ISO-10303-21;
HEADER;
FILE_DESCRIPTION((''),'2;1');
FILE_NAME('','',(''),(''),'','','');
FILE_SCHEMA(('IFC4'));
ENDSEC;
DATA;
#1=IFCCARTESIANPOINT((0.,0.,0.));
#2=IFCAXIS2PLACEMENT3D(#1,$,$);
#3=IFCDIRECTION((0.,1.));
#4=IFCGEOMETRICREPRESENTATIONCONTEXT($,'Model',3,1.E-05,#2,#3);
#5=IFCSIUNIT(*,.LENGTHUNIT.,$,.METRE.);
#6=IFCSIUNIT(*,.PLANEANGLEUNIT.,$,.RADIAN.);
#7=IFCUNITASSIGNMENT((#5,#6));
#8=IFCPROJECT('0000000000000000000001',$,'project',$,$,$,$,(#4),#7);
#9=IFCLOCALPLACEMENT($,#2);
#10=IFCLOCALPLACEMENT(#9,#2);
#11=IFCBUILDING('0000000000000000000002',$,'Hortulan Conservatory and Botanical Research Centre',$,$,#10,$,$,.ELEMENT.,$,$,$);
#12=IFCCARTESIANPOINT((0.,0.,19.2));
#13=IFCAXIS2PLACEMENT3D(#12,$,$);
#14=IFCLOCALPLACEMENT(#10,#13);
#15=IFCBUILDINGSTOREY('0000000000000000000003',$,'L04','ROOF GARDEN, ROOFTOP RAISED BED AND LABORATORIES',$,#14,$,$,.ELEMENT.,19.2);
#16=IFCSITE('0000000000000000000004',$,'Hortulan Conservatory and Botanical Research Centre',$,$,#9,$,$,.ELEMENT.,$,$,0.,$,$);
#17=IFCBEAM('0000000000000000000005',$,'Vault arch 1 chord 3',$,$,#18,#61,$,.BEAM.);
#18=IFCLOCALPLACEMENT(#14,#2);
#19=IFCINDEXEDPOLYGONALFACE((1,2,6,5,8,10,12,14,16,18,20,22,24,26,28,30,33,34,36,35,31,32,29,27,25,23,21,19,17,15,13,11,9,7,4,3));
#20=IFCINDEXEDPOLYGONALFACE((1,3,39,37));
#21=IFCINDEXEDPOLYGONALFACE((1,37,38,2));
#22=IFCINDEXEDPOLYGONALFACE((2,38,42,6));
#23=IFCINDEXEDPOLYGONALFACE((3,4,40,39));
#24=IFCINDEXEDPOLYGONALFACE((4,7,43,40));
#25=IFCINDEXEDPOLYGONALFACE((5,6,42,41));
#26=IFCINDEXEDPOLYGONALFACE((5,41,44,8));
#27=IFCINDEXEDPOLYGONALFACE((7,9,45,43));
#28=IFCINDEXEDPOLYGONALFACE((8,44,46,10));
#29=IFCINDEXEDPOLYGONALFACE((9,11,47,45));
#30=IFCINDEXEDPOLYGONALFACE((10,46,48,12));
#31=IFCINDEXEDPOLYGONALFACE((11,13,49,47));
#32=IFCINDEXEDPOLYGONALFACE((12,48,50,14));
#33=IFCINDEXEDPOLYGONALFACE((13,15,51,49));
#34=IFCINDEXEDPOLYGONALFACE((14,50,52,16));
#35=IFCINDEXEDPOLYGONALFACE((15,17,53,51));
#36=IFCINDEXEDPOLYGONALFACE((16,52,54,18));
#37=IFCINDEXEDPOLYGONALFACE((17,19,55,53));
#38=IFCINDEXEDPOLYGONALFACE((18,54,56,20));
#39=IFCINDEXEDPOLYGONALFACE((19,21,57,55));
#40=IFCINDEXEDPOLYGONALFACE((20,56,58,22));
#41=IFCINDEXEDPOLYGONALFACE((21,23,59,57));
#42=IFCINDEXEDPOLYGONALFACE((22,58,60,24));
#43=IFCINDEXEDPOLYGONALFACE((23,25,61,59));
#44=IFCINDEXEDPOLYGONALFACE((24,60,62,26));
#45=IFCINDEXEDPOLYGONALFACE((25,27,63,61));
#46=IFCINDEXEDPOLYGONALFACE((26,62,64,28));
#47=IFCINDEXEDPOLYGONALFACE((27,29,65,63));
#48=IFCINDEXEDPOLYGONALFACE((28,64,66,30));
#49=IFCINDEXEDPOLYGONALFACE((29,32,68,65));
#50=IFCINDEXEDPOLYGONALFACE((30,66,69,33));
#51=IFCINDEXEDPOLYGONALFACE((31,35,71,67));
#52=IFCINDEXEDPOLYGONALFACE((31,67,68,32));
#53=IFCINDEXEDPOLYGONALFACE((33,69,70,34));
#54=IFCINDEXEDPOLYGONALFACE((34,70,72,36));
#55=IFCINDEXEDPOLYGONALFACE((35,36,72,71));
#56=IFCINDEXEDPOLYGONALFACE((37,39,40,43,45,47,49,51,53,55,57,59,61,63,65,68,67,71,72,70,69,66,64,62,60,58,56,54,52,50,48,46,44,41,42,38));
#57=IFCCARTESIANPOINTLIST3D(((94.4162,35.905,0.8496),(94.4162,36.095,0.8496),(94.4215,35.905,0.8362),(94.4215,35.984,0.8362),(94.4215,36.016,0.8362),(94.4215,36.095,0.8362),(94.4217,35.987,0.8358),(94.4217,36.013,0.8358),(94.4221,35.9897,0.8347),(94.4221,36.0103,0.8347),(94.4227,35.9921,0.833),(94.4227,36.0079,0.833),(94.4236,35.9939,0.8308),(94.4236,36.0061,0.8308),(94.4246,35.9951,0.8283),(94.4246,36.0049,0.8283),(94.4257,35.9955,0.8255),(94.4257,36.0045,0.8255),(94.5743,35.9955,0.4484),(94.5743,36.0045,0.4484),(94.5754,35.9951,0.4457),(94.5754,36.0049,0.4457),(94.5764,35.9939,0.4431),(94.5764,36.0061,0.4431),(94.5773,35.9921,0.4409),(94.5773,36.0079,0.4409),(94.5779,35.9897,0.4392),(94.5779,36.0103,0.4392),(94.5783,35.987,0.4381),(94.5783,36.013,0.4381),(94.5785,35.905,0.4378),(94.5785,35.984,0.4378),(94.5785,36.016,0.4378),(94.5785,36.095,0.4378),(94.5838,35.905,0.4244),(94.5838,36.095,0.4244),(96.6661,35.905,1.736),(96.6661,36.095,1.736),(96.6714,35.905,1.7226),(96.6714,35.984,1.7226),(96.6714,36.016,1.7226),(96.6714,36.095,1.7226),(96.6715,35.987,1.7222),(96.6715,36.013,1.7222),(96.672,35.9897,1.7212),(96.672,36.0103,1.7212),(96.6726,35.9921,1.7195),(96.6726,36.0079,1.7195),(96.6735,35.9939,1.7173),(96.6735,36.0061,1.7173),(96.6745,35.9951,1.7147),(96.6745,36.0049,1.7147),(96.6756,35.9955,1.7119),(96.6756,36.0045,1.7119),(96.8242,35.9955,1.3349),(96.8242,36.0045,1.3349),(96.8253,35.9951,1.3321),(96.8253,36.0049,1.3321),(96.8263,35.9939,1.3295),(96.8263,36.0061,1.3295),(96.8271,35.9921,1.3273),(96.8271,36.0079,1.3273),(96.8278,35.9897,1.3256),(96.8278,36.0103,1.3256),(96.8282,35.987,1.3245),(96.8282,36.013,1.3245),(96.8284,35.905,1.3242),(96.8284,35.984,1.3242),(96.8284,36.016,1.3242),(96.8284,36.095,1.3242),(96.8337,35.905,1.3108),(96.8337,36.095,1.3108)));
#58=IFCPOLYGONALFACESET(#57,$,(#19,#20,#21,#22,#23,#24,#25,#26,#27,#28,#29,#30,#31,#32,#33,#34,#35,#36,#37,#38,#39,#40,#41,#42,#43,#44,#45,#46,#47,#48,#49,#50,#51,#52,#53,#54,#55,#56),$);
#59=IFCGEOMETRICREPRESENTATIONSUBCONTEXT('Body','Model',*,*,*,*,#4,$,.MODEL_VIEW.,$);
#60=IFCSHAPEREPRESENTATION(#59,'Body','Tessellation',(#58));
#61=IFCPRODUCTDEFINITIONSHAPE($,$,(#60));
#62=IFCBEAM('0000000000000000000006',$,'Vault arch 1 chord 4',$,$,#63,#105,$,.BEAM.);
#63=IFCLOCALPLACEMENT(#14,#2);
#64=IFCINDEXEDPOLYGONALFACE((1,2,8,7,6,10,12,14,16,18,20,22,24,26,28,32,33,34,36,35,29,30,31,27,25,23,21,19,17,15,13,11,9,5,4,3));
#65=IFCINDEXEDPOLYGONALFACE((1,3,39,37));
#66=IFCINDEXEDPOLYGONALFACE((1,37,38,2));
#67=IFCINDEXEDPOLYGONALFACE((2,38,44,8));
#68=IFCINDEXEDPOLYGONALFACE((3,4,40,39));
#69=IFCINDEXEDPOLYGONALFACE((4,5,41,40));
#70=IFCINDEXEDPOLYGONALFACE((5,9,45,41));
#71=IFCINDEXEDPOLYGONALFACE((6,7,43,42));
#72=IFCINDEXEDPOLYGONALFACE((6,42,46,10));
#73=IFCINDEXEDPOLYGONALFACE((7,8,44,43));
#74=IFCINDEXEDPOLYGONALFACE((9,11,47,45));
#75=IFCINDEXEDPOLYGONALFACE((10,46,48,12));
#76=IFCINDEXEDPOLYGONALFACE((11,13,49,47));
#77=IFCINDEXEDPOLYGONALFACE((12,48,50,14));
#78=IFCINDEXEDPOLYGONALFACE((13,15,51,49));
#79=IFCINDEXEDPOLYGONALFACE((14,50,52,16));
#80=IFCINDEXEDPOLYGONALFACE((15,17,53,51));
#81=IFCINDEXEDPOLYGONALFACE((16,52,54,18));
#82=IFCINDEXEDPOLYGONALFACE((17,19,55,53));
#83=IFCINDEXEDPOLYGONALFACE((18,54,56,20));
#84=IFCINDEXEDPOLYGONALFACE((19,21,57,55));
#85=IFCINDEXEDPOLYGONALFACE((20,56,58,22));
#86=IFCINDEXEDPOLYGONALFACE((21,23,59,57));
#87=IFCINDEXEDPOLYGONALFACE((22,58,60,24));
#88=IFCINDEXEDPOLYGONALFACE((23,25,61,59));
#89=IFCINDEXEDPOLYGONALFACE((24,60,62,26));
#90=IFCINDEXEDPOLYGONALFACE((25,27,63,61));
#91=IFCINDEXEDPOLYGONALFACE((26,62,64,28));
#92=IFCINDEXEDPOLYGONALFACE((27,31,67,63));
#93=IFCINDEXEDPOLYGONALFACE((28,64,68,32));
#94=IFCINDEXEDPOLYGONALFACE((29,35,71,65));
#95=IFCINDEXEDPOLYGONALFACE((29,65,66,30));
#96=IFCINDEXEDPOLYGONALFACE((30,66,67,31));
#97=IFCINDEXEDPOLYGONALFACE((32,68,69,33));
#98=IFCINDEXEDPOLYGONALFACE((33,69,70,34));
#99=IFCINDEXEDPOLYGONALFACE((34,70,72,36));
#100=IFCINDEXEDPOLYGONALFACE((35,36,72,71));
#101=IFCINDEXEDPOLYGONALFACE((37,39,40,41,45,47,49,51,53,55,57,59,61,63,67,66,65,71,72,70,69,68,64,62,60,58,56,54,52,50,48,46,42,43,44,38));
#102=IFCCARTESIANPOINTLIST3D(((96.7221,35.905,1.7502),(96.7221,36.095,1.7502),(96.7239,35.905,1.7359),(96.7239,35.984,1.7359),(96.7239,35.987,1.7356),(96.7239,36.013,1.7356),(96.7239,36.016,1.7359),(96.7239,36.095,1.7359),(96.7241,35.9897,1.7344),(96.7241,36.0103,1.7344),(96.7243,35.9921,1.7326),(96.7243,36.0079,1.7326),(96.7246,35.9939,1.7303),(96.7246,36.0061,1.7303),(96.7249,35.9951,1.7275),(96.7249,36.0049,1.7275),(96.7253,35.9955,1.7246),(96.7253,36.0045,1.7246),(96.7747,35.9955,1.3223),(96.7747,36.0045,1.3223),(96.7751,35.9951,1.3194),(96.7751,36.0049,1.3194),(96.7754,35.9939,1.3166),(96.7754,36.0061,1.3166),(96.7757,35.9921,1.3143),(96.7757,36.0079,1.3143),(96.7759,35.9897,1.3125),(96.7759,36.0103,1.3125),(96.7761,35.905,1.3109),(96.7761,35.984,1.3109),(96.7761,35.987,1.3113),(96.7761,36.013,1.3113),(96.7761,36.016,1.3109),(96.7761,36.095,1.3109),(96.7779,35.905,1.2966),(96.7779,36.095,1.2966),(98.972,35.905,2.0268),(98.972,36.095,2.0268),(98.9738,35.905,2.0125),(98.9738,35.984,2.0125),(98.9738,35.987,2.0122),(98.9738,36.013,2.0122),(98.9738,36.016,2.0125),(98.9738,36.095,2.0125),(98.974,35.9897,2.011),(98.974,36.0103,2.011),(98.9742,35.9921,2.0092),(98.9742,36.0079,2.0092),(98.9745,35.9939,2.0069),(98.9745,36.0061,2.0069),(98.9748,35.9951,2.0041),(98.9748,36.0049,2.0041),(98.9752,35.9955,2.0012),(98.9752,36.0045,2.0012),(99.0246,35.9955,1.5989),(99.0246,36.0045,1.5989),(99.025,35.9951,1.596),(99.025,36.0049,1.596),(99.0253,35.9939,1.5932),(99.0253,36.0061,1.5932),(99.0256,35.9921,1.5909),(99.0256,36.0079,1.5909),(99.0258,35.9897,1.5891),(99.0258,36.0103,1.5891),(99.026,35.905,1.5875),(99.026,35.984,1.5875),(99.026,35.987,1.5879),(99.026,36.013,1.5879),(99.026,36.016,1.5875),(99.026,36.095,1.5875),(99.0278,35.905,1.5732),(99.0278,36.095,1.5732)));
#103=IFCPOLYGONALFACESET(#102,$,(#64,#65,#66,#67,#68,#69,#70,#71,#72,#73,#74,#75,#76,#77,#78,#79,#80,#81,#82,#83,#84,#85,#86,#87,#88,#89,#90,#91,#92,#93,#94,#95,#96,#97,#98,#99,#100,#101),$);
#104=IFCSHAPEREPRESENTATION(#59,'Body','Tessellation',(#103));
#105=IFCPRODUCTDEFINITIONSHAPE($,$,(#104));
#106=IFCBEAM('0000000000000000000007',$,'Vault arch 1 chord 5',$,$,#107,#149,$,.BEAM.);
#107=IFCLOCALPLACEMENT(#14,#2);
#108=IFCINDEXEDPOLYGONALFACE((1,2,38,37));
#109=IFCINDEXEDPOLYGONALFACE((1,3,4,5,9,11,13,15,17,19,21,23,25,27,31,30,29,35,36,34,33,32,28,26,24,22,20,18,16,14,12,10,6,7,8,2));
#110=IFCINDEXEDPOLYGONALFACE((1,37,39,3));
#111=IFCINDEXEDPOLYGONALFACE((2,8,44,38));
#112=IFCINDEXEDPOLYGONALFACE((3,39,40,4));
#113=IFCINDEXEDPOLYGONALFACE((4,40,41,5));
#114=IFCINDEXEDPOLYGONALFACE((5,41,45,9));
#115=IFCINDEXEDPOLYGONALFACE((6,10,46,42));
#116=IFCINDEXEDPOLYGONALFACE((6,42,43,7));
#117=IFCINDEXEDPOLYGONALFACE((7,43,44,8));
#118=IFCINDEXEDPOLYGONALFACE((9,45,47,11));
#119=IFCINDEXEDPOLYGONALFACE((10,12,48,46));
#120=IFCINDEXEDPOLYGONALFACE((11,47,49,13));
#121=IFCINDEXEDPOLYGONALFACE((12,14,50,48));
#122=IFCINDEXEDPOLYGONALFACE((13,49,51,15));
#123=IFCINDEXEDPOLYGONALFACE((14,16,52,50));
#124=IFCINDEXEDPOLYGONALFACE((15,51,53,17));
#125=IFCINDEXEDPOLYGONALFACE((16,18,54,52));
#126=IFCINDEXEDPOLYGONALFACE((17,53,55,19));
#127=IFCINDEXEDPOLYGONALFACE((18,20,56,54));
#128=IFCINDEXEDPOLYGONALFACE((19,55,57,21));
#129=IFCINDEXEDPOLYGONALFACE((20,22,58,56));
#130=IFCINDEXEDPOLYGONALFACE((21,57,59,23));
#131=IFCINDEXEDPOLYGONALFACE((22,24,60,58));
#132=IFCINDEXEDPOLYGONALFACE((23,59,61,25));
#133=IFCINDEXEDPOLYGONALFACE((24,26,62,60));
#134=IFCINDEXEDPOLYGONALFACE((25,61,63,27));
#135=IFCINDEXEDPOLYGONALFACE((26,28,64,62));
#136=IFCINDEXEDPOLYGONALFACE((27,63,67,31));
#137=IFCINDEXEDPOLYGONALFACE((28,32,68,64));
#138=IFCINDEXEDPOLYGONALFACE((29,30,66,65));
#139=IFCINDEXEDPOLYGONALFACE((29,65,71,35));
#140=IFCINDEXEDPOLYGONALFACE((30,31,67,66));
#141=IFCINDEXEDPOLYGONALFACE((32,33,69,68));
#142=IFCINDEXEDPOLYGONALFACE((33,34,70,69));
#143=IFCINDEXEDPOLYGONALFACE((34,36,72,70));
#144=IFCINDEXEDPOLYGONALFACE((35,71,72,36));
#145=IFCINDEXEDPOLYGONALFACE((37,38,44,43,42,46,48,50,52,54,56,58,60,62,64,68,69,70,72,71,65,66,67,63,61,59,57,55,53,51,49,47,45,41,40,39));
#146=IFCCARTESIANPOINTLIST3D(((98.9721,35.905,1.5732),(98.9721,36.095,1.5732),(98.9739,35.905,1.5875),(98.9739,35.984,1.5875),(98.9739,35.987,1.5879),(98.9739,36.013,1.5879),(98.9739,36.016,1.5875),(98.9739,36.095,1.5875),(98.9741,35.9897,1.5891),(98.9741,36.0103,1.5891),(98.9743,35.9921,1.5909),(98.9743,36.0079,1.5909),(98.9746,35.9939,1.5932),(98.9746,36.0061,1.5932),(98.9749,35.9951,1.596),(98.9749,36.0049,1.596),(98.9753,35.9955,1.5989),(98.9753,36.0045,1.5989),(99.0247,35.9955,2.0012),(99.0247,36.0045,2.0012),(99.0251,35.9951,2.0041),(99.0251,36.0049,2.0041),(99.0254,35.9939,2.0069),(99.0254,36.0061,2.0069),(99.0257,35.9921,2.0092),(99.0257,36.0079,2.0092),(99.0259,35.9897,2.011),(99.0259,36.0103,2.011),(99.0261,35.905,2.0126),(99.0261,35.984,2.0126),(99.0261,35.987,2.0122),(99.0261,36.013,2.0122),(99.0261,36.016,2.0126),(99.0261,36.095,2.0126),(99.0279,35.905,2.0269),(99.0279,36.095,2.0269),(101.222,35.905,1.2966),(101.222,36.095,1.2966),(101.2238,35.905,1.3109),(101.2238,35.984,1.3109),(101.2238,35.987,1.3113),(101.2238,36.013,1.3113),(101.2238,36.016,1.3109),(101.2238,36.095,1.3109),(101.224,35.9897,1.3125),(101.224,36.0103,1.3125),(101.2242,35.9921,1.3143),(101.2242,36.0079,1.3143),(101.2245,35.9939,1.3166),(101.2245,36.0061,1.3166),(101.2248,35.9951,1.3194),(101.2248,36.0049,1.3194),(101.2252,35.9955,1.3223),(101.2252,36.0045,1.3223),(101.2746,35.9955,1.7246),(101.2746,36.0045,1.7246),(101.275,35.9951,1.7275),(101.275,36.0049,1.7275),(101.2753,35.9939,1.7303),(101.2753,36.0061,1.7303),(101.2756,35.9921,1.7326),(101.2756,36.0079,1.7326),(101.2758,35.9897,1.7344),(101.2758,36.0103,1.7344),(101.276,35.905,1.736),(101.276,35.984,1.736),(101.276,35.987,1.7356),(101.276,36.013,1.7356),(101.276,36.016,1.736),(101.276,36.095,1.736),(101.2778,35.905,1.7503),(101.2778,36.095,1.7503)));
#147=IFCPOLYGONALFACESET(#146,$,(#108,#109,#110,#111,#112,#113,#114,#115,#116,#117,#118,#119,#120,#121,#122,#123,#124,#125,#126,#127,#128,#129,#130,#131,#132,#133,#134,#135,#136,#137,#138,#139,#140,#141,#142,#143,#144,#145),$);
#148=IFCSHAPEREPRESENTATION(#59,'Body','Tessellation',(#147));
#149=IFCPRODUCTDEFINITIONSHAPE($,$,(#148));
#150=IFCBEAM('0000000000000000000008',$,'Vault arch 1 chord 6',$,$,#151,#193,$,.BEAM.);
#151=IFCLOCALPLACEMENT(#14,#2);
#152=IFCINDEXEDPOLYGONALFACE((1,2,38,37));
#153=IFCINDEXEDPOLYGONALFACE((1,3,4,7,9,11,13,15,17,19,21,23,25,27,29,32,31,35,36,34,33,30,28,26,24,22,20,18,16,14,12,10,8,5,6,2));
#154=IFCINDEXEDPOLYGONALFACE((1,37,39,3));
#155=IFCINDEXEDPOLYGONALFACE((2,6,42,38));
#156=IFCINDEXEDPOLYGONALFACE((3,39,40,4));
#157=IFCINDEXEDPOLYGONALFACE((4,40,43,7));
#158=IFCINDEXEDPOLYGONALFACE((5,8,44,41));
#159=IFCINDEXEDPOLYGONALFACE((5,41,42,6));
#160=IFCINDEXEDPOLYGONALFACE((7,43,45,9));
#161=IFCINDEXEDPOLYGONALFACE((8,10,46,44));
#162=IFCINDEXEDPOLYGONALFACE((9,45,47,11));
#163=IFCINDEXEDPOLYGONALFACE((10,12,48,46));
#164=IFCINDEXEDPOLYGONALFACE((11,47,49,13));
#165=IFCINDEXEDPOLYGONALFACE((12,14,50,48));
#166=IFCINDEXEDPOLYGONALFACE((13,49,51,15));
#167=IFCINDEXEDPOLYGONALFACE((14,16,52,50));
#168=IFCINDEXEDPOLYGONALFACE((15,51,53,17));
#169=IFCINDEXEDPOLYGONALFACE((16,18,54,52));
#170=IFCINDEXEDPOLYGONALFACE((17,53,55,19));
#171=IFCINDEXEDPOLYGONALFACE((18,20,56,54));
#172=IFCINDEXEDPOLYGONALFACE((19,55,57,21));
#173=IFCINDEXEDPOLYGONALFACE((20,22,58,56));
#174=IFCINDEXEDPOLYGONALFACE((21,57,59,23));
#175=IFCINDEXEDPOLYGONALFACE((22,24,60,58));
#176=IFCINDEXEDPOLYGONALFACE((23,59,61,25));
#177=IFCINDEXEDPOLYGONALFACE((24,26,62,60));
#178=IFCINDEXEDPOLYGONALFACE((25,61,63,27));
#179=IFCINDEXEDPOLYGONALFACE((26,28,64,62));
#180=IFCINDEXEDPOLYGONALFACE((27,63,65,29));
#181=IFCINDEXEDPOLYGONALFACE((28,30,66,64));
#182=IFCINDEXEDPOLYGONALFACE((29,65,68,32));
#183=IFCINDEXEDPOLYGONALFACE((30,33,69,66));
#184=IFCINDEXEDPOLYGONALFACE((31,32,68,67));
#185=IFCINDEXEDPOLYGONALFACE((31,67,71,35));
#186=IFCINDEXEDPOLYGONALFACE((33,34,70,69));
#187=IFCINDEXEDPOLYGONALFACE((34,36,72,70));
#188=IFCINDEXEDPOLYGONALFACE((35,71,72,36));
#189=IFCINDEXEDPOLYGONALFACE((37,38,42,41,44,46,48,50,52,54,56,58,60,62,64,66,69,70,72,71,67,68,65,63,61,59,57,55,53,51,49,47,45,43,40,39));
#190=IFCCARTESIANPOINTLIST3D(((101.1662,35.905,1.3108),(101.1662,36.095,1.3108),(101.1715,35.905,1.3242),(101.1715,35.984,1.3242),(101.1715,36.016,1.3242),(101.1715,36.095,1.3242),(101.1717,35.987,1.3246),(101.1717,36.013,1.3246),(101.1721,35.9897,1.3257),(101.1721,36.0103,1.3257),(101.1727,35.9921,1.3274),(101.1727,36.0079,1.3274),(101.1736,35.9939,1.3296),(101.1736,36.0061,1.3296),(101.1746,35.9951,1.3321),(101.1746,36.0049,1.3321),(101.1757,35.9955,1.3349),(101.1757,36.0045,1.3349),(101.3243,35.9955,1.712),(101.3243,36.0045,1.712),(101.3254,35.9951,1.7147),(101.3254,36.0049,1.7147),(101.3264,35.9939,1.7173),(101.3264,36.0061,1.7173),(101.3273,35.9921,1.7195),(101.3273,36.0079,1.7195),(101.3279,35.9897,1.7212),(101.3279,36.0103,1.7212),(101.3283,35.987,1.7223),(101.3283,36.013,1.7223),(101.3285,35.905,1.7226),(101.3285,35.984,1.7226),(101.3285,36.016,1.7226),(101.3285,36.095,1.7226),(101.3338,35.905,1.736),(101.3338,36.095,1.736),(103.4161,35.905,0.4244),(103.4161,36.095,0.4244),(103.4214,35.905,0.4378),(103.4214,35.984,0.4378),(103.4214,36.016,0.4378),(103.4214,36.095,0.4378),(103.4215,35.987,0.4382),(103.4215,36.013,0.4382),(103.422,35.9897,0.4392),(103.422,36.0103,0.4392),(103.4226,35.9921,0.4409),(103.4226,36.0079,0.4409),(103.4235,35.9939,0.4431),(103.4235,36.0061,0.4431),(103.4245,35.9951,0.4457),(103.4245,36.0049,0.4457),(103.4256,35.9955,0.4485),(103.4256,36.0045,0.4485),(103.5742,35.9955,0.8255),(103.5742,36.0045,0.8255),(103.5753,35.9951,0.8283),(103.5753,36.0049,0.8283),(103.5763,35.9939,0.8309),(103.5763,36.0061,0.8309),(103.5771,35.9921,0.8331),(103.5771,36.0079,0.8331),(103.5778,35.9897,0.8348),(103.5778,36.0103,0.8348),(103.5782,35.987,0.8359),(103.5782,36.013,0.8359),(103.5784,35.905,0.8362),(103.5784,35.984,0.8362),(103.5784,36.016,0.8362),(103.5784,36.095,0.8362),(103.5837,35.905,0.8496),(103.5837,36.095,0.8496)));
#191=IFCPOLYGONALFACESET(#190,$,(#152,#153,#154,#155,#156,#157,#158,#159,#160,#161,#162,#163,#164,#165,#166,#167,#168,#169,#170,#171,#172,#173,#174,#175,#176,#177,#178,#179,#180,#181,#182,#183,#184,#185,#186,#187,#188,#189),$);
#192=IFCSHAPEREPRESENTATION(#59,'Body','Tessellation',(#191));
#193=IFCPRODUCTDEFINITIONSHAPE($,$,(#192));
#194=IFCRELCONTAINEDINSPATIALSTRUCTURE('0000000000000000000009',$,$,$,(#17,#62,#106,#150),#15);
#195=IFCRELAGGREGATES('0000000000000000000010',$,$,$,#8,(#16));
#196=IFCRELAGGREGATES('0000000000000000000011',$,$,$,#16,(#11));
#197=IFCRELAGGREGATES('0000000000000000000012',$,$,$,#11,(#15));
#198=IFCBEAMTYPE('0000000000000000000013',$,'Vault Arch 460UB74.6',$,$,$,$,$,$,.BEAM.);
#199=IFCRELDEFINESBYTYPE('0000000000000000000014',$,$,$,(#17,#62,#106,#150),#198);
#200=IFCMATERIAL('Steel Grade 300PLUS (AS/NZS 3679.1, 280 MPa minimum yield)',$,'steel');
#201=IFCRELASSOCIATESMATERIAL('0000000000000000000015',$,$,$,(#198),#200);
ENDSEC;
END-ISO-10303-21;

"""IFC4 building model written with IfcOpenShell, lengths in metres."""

from ifc_helpers import new_model, si_unit, direction, frame, origin, origin_2d, place, context, subcontext, project, spatial, i_section, extrude, material, material_profile, profile_set, type_object, element, save


model = new_model("IFC4")

# Units and contexts
model_context = context("Model", 3, precision=1e-05, world=origin(), true_north=direction((0.0, 1.0)))
body_context = subcontext(model_context, "Body", "Model", "MODEL_VIEW")
ifc_project = project(units=[si_unit("LENGTHUNIT", "METRE"), si_unit("PLANEANGLEUNIT", "RADIAN")], contexts=[model_context])

# Site, building, storey
site_placement = place(None, origin())
site = spatial("IfcSite", under=ifc_project, at=site_placement, Name="Hortulan Conservatory and Botanical Research Centre", CompositionType="ELEMENT", RefElevation=0.0)
building_placement = place(site_placement, origin())
building = spatial("IfcBuilding", under=site, at=building_placement, Name="Hortulan Conservatory and Botanical Research Centre", CompositionType="ELEMENT")
storey_placement = place(building_placement, frame((0.0, 0.0, 19.2)))
storey = spatial("IfcBuildingStorey", under=building, at=storey_placement, Name="L04", Description="ROOF GARDEN, ROOFTOP RAISED BED AND LABORATORIES", CompositionType="ELEMENT", Elevation=19.2)

# Beams
ifc_material_1 = material(Name="Steel Grade 300PLUS (AS/NZS 3679.1, 280 MPa minimum yield)", Category="steel")
ifc_material_profile_1 = material_profile(ifc_material_1, i_section(OverallWidth=0.1899, OverallDepth=0.457, WebThickness=0.009, FlangeThickness=0.0144, FilletRadius=0.0115, at=origin_2d()), Name="460UB74.6")
ifc_profile_set_1 = profile_set([ifc_material_profile_1], Name="Steel Grade 300PLUS (AS/NZS 3679.1, 280 MPa minimum yield)")
beam_type = type_object("IfcBeamType", Name="Vault Arch 460UB74.6", PredefinedType="BEAM", material=ifc_profile_set_1)
beam_1_placement = place(storey_placement, frame((94.5, 36.0, 0.637), z_axis=(0.930393, 0.0, 0.366564), x_axis=(0.0, 1.0, 0.0)))
element("IfcBeam", 1, at=beam_1_placement, inside=storey, type_object=beam_type, Name="Vault arch 1 chord 3", PredefinedType="BEAM", context=body_context, shape_type="SweptSolid", body=[
    extrude(i_section(OverallWidth=0.1899, OverallDepth=0.457, WebThickness=0.009, FlangeThickness=0.0144, FilletRadius=0.0115, at=origin_2d()), origin(), (0.0, 0.0, 1.0), 2.4182),
])
for number, where, z_axis, x_axis, name in (
    (2, (96.75, 36.0, 1.5234), (0.992528, 0.0, 0.12202), (0.0, 1.0, 0.0), "Vault arch 1 chord 4"),
    (3, (99.0, 36.0, 1.8), (0.992528, 0.0, -0.12202), (0.0, 1.0, 0.0), "Vault arch 1 chord 5"),
):
    element("IfcBeam", number, at=place(storey_placement, frame(where, z_axis=z_axis, x_axis=x_axis)), inside=storey, type_object=beam_type, Name=name, PredefinedType="BEAM", context=body_context, shape_type="SweptSolid", body=[
        extrude(i_section(OverallWidth=0.1899, OverallDepth=0.457, WebThickness=0.009, FlangeThickness=0.0144, FilletRadius=0.0115, at=origin_2d()), origin(), (0.0, 0.0, 1.0), 2.2668),
    ])
beam_2_placement = place(storey_placement, frame((101.25, 36.0, 1.5234), z_axis=(0.930393, 0.0, -0.366564), x_axis=(0.0, 1.0, 0.0)))
element("IfcBeam", 4, at=beam_2_placement, inside=storey, type_object=beam_type, Name="Vault arch 1 chord 6", PredefinedType="BEAM", context=body_context, shape_type="SweptSolid", body=[
    extrude(i_section(OverallWidth=0.1899, OverallDepth=0.457, WebThickness=0.009, FlangeThickness=0.0144, FilletRadius=0.0115, at=origin_2d()), origin(), (0.0, 0.0, 1.0), 2.4182),
])

save(model, "model.ifc")
